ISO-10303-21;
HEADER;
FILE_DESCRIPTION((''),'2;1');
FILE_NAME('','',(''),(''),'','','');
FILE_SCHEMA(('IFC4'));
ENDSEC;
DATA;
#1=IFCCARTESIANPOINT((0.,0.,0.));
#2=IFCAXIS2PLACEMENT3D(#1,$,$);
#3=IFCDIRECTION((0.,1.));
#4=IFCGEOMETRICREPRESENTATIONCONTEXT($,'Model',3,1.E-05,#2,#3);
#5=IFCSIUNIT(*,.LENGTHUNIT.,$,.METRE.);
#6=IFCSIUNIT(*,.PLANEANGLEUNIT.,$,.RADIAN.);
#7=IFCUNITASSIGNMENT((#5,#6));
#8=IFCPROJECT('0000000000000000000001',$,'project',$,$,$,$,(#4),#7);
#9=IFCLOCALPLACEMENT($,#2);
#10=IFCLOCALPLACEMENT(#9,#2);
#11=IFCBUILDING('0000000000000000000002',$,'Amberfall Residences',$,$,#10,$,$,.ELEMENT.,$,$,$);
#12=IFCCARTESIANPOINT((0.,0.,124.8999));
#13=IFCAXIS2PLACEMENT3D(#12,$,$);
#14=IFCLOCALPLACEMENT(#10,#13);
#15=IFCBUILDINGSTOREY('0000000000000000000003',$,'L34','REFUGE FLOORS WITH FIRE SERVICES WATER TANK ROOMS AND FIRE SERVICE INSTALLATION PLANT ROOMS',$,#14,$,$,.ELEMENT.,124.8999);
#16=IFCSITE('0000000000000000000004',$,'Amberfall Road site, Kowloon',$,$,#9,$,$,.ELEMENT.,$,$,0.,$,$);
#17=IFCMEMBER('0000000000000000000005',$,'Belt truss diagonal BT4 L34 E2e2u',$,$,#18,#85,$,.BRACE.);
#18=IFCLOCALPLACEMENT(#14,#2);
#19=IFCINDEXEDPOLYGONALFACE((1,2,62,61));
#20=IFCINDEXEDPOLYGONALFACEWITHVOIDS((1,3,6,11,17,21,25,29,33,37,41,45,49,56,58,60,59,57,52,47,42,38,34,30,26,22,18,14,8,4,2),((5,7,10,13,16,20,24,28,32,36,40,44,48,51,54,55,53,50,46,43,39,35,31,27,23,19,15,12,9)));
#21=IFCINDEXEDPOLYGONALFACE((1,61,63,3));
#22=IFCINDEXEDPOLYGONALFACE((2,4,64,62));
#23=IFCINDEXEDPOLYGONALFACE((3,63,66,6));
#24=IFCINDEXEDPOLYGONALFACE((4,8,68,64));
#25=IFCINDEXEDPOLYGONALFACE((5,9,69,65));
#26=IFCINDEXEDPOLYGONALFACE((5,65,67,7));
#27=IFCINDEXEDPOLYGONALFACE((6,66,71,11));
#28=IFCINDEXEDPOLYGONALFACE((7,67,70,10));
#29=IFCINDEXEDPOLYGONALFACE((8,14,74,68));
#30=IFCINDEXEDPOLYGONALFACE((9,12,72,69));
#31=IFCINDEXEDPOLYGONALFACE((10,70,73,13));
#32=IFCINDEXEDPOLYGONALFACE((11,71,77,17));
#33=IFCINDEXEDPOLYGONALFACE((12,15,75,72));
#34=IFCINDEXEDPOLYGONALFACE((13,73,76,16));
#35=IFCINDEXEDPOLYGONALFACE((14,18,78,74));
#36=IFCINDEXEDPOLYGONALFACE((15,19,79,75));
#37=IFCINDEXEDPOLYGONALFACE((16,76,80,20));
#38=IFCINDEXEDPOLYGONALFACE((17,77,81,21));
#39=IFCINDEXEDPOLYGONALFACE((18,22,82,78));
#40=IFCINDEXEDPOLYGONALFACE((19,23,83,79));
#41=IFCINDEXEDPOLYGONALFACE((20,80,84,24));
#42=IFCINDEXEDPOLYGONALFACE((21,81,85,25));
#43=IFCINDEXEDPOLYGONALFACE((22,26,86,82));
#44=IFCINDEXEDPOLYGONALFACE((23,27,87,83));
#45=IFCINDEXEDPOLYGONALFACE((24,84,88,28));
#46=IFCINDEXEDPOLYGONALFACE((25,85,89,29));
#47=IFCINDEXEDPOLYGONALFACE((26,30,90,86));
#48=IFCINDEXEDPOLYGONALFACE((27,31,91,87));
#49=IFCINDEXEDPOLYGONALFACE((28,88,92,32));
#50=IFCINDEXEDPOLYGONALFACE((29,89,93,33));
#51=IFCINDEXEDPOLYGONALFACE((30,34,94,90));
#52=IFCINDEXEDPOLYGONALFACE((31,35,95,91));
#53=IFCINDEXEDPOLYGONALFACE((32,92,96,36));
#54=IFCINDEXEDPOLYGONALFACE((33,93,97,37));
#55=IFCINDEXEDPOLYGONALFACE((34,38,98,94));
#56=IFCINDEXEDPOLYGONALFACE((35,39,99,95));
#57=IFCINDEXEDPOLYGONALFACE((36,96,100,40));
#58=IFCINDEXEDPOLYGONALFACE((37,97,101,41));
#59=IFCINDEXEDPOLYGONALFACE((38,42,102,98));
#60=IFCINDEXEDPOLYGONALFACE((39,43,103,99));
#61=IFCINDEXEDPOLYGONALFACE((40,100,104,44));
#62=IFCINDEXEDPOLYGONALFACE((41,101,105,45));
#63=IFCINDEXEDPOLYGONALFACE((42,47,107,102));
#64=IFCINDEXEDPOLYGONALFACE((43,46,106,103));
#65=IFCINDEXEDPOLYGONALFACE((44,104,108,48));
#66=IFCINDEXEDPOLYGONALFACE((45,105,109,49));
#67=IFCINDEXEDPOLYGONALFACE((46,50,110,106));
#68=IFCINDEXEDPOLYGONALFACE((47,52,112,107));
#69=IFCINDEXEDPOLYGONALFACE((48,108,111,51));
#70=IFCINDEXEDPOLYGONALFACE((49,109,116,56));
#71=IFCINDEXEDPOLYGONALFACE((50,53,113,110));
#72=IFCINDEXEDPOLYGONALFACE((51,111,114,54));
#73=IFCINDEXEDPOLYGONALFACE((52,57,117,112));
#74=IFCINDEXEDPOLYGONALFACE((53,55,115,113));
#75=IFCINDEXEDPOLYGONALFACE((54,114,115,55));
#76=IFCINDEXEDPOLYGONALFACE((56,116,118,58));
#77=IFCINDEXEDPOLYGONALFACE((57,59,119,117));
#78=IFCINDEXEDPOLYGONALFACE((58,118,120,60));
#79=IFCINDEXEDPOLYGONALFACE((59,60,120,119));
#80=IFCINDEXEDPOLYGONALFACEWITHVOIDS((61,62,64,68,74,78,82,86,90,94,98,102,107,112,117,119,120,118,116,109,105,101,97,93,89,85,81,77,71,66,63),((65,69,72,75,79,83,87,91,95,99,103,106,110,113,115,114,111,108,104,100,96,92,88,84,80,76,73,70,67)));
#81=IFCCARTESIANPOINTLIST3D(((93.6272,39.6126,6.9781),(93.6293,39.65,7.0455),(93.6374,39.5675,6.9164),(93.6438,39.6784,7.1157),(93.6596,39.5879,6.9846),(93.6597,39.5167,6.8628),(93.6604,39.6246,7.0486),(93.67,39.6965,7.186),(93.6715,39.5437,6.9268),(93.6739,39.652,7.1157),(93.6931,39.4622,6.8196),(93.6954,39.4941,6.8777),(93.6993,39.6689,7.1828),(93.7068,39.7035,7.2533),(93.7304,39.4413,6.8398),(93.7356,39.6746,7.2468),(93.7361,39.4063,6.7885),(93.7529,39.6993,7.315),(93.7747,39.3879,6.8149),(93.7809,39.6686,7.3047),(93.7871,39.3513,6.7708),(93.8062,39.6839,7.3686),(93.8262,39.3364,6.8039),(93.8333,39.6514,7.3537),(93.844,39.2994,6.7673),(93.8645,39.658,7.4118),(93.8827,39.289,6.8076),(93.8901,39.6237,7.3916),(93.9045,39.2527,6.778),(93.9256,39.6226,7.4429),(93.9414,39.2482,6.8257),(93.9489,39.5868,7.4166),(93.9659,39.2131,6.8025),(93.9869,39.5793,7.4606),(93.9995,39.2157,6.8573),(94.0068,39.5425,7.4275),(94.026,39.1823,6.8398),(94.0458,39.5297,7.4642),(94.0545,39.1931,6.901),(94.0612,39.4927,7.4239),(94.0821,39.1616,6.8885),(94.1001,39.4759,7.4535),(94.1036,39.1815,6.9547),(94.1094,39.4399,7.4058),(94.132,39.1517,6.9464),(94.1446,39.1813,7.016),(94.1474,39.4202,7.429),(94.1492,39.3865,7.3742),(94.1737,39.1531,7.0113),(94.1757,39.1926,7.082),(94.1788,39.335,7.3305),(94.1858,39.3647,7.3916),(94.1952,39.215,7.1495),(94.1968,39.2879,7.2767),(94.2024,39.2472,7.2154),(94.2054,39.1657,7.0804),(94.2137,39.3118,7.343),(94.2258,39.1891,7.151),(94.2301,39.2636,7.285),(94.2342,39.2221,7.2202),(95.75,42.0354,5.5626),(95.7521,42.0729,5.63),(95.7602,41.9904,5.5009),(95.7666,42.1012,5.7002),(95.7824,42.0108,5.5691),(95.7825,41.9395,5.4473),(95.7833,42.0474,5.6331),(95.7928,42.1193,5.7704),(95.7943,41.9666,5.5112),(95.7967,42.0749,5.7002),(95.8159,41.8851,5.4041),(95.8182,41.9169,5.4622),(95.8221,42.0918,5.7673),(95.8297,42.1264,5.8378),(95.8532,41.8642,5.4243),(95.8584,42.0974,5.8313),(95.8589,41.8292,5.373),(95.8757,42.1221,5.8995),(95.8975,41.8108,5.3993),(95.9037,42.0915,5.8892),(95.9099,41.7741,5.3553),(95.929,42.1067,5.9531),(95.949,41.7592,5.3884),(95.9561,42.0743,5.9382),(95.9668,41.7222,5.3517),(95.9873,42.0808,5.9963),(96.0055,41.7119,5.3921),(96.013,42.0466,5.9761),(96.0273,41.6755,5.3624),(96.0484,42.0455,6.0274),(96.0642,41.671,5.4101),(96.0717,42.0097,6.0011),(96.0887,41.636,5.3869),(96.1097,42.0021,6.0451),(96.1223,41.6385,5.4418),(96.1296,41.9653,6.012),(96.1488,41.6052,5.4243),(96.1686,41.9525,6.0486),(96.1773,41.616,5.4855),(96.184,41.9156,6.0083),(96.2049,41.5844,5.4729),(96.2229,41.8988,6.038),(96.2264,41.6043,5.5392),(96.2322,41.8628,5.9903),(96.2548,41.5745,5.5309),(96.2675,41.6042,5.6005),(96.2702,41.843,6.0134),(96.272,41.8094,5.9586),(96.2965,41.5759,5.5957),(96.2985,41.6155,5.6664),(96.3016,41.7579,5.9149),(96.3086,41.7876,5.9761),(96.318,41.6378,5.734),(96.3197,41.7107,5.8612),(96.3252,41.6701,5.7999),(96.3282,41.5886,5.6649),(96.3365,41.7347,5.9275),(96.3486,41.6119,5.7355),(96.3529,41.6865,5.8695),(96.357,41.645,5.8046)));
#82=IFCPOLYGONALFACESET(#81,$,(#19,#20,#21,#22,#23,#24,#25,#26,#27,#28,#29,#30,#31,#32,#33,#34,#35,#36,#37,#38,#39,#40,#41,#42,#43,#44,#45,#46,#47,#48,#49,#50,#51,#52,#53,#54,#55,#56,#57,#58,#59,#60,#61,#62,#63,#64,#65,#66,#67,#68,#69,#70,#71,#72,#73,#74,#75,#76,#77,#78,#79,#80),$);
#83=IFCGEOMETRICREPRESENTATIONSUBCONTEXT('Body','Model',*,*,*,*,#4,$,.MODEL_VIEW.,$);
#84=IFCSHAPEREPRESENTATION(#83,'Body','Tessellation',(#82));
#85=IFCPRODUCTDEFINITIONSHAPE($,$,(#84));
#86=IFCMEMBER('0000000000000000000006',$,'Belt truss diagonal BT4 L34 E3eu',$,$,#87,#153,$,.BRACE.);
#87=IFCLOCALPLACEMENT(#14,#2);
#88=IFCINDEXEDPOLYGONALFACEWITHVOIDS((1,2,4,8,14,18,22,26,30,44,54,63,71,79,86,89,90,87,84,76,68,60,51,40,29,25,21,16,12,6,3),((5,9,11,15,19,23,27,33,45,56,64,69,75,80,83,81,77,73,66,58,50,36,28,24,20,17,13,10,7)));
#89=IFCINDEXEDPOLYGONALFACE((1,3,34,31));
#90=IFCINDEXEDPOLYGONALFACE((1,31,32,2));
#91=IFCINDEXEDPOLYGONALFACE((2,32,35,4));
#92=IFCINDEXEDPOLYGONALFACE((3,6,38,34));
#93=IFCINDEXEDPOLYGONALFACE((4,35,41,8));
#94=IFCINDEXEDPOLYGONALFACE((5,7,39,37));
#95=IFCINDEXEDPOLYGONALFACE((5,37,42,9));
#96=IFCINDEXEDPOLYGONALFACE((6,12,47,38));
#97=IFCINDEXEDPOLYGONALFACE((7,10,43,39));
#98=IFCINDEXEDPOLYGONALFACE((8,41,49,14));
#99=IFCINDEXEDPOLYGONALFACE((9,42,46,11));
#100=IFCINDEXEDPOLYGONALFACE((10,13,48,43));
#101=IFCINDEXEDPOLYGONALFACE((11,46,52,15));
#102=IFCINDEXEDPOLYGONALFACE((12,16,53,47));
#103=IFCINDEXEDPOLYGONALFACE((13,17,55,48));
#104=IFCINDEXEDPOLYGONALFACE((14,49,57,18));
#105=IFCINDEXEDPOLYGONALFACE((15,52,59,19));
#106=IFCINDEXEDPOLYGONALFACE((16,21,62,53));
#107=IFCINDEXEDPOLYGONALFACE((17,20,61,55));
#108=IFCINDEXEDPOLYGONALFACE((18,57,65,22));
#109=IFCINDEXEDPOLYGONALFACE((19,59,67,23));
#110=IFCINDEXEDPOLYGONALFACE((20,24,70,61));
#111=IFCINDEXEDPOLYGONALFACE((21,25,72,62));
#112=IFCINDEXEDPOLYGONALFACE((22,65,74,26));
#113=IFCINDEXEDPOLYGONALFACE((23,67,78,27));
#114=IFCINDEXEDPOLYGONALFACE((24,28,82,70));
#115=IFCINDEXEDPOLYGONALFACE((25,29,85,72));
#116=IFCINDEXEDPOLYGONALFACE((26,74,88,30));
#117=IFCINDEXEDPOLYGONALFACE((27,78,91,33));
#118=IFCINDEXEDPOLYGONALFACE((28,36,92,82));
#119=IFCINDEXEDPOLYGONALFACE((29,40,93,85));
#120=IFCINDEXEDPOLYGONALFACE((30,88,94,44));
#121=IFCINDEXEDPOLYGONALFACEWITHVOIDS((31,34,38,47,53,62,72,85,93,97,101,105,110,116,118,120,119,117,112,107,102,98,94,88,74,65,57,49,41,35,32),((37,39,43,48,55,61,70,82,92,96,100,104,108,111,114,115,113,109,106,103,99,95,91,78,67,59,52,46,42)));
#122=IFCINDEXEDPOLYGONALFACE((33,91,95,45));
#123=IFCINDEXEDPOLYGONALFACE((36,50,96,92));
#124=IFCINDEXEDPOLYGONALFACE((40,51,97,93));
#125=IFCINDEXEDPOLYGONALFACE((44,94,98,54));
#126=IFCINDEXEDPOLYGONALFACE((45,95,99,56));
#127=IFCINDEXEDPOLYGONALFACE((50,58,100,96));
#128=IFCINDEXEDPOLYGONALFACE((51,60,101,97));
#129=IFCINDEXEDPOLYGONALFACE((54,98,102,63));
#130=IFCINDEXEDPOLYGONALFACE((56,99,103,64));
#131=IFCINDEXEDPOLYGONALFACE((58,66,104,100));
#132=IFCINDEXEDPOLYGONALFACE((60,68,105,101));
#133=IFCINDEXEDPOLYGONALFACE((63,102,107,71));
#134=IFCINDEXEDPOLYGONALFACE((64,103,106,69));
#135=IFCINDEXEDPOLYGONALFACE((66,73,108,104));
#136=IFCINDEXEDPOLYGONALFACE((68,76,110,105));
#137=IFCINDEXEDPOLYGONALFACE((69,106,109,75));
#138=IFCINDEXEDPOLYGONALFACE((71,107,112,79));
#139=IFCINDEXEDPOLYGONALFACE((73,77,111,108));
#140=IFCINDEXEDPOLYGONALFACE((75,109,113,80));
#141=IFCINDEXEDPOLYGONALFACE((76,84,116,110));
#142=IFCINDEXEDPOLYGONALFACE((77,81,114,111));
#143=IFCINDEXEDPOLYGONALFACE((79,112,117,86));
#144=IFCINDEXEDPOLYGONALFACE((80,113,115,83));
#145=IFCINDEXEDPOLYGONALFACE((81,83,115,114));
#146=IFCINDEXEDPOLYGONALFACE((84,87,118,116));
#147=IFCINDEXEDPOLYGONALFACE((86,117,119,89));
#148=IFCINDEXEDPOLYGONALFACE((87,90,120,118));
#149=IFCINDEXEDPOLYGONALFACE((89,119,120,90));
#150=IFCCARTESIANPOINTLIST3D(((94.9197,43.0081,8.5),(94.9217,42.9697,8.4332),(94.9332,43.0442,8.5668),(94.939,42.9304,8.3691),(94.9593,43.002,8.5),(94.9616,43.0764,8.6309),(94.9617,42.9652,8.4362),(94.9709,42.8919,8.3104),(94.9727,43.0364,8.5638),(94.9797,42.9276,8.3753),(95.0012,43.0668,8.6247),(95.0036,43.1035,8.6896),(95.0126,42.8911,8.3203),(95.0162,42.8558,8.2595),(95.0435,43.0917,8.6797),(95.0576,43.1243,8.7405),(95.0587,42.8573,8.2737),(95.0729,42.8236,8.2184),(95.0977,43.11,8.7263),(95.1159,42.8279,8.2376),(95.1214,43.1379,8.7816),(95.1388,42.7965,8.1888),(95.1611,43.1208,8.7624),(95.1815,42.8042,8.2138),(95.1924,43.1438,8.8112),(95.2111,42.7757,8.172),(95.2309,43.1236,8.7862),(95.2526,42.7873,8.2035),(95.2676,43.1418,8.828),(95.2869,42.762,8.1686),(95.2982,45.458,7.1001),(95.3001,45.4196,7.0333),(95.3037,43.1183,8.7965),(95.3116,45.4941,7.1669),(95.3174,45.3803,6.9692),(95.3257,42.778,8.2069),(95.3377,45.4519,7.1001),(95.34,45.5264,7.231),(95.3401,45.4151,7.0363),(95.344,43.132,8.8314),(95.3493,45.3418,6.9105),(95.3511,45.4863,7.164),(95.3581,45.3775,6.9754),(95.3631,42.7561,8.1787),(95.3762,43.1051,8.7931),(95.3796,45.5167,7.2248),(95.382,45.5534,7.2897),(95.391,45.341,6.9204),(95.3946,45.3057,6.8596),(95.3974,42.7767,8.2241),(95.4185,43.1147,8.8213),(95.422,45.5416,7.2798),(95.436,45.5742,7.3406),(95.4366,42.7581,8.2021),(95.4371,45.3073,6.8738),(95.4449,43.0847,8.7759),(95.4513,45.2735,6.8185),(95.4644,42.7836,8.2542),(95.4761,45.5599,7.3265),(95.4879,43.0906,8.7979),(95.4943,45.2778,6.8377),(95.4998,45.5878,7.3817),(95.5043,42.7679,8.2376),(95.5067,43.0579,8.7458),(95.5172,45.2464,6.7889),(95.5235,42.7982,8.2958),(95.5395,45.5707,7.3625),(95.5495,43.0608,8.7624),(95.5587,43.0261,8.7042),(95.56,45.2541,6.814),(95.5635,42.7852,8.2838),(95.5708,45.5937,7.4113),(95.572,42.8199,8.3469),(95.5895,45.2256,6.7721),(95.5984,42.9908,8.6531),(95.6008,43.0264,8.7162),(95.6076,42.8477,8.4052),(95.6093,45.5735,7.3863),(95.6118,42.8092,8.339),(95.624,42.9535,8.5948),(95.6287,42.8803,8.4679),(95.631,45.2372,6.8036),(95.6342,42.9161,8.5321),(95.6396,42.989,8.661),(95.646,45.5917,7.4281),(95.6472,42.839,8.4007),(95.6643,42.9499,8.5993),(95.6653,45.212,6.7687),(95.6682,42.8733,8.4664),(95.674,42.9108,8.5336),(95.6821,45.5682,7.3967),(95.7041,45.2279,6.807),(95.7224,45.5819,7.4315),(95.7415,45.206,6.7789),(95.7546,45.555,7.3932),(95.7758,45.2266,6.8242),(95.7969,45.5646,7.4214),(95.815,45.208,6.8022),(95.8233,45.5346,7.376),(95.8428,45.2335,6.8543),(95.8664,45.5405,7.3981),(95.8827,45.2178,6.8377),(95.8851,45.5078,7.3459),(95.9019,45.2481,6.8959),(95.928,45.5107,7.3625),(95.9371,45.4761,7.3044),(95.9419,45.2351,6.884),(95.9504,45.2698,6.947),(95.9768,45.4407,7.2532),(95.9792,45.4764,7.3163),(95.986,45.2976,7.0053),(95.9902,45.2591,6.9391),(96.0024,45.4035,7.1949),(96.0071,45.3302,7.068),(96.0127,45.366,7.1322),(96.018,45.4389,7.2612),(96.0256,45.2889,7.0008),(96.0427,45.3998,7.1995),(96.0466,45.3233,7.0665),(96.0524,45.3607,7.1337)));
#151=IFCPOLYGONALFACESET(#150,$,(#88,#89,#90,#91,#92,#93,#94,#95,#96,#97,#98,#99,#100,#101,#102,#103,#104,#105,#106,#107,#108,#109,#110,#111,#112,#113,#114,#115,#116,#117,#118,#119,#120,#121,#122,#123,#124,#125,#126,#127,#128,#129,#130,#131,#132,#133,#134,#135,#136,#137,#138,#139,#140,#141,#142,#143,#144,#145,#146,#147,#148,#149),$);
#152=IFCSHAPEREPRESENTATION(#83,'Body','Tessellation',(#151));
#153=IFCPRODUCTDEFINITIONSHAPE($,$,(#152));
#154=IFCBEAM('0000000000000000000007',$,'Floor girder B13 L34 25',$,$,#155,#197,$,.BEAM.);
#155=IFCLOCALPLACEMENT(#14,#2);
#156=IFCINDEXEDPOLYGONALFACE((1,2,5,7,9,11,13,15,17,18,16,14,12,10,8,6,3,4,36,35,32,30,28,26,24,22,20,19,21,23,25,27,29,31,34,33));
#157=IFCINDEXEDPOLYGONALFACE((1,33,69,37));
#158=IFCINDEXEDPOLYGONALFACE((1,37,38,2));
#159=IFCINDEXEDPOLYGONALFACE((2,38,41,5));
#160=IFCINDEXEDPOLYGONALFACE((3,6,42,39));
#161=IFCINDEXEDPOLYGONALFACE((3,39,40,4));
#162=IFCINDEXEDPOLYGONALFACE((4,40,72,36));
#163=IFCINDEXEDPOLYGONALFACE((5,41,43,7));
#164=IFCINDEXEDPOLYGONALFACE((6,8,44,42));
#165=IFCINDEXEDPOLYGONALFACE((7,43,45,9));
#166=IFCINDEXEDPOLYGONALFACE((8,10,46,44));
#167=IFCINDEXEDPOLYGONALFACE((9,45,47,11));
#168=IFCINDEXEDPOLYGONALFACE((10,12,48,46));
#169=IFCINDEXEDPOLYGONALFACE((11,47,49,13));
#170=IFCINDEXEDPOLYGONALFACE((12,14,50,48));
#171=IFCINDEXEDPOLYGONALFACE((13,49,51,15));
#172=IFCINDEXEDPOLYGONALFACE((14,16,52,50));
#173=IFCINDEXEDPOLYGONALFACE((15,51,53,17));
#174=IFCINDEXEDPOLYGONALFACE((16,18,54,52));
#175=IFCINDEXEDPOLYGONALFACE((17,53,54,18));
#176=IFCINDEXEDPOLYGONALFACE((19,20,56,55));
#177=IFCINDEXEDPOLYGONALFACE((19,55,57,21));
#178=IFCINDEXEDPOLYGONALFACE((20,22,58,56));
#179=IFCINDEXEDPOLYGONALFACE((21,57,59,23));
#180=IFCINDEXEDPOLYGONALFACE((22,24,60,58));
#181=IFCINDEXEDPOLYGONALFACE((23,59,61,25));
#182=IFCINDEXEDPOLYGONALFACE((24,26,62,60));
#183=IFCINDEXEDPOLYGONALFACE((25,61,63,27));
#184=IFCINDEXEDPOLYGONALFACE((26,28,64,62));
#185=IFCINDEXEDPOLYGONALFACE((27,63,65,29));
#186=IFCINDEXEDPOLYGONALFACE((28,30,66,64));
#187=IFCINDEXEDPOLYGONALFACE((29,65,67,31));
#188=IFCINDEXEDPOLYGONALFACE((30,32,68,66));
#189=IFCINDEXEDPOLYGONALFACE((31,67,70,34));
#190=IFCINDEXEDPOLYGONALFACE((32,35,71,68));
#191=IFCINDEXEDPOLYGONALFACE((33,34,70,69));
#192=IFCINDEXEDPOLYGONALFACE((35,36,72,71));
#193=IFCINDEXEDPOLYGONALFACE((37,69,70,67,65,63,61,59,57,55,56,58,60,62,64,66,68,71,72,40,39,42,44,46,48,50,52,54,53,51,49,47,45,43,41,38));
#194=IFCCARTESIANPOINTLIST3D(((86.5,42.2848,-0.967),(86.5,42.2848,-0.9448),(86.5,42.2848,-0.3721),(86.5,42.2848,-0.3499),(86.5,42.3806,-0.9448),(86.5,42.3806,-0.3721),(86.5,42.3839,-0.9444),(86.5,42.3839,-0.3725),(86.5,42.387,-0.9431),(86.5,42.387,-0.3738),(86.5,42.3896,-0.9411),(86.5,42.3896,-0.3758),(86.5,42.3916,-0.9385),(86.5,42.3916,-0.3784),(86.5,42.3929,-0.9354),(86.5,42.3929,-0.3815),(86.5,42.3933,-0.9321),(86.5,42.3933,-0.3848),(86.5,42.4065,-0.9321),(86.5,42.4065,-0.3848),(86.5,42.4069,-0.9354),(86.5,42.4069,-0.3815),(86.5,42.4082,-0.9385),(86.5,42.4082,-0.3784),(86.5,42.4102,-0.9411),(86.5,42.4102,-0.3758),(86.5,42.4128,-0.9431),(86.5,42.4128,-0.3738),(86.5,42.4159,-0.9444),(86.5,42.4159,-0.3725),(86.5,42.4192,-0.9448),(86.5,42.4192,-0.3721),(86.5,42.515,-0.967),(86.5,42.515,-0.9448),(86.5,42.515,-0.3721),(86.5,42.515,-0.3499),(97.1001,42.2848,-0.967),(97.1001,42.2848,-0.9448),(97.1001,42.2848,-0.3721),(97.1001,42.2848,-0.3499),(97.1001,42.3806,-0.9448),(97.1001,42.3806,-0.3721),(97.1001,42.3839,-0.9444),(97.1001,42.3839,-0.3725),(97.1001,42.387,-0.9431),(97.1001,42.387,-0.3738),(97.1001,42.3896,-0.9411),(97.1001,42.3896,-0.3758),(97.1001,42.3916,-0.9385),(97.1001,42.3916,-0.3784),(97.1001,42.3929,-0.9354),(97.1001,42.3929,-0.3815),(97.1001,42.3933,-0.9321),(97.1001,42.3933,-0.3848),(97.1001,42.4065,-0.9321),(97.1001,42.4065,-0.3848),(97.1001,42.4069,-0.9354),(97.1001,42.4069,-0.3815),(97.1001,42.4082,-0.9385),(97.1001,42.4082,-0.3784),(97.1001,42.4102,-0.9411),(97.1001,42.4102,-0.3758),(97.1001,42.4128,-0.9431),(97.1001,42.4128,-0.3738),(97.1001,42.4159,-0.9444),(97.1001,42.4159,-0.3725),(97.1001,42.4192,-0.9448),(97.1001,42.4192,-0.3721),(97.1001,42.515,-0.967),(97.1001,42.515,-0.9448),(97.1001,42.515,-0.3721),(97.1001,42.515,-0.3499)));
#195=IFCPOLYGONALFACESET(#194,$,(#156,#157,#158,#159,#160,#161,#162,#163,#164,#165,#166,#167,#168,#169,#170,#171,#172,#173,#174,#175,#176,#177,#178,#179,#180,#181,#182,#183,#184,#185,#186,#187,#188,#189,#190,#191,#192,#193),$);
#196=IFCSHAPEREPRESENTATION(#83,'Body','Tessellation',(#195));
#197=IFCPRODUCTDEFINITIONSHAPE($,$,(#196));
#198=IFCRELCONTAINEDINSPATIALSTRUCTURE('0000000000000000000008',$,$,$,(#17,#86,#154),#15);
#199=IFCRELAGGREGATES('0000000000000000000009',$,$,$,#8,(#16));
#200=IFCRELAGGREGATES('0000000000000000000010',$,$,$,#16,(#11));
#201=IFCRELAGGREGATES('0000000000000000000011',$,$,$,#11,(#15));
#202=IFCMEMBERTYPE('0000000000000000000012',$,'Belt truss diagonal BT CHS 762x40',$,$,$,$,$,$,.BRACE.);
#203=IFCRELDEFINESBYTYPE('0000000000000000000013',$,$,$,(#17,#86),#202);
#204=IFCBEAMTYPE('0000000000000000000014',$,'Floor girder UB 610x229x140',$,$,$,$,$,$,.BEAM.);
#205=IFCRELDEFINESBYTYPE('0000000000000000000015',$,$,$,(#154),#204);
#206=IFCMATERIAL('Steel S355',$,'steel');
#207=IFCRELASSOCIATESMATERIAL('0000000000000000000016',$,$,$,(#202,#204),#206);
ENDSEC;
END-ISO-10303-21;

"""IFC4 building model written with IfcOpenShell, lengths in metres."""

from ifc_helpers import new_model, si_unit, direction, frame, origin, origin_2d, place, context, subcontext, project, spatial, hollow_circle, i_section, extrude, material, material_profile, profile_set, type_object, element, save


model = new_model("IFC4")

# Units and contexts
model_context = context("Model", 3, precision=1e-05, world=origin(), true_north=direction((0.0, 1.0)))
body_context = subcontext(model_context, "Body", "Model", "MODEL_VIEW")
ifc_project = project(units=[si_unit("LENGTHUNIT", "METRE"), si_unit("PLANEANGLEUNIT", "RADIAN")], contexts=[model_context])

# Site, building, storey
site_placement = place(None, origin())
site = spatial("IfcSite", under=ifc_project, at=site_placement, Name="Amberfall Road site, Kowloon", CompositionType="ELEMENT", RefElevation=0.0)
building_placement = place(site_placement, origin())
building = spatial("IfcBuilding", under=site, at=building_placement, Name="Amberfall Residences", CompositionType="ELEMENT")
storey_placement = place(building_placement, frame((0.0, 0.0, 124.8999)))
storey = spatial("IfcBuildingStorey", under=building, at=storey_placement, Name="L34", Description="REFUGE FLOORS WITH FIRE SERVICES WATER TANK ROOMS AND FIRE SERVICE INSTALLATION PLANT ROOMS", CompositionType="ELEMENT", Elevation=124.8999)

# Members
ifc_material_1 = material(Name="Steel S355", Category="steel")
ifc_material_profile_1 = material_profile(ifc_material_1, hollow_circle(Radius=0.3811, WallThickness=0.04, at=origin_2d()), Name="CHS 762x40")
ifc_profile_set_1 = profile_set([ifc_material_profile_1], Name="Steel S355")
member_type_1 = type_object("IfcMemberType", Name="Belt truss diagonal BT CHS 762x40", PredefinedType="BRACE", material=ifc_profile_set_1)
member_1_placement = place(storey_placement, frame((93.9304, 39.4272, 7.1157), z_axis=(0.603317, 0.688593, -0.402304), x_axis=(-0.752145, 0.658998, 0.0)))
element("IfcMember", 1, at=member_1_placement, inside=storey, type_object=member_type_1, Name="Belt truss diagonal BT4 L34 E2e2u", PredefinedType="BRACE", context=body_context, shape_type="SweptSolid", body=[
    extrude(hollow_circle(Radius=0.3811, WallThickness=0.04, at=origin_2d()), origin(), (0.0, 0.0, 1.0), 3.5186),
])
member_2_placement = place(storey_placement, frame((95.2964, 42.95, 8.5), z_axis=(0.13292, 0.86055, -0.491718), x_axis=(-0.98828, 0.152649, 0.0)))
element("IfcMember", 2, at=member_2_placement, inside=storey, type_object=member_type_1, Name="Belt truss diagonal BT4 L34 E3eu", PredefinedType="BRACE", context=body_context, shape_type="SweptSolid", body=[
    extrude(hollow_circle(Radius=0.3811, WallThickness=0.04, at=origin_2d()), origin(), (0.0, 0.0, 1.0), 2.8469),
])

# Beam
ifc_material_profile_2 = material_profile(ifc_material_1, i_section(OverallWidth=0.2302, OverallDepth=0.6172, WebThickness=0.0132, FlangeThickness=0.0222, FilletRadius=0.0127, at=origin_2d()), Name="UB 610x229x140")
ifc_profile_set_2 = profile_set([ifc_material_profile_2], Name="Steel S355")
beam_type_1 = type_object("IfcBeamType", Name="Floor girder UB 610x229x140", PredefinedType="BEAM", material=ifc_profile_set_2)
beam_1_placement = place(storey_placement, frame((97.1001, 42.3999, -0.6584), z_axis=(-1.0, 0.0, 0.0), x_axis=(0.0, -1.0, 0.0)))
element("IfcBeam", 3, at=beam_1_placement, inside=storey, type_object=beam_type_1, Name="Floor girder B13 L34 25", PredefinedType="BEAM", context=body_context, shape_type="SweptSolid", body=[
    extrude(i_section(OverallWidth=0.2302, OverallDepth=0.6172, WebThickness=0.0132, FlangeThickness=0.0222, FilletRadius=0.0127, at=origin_2d()), origin(), (0.0, 0.0, 1.0), 10.6001),
])

save(model, "model.ifc")
